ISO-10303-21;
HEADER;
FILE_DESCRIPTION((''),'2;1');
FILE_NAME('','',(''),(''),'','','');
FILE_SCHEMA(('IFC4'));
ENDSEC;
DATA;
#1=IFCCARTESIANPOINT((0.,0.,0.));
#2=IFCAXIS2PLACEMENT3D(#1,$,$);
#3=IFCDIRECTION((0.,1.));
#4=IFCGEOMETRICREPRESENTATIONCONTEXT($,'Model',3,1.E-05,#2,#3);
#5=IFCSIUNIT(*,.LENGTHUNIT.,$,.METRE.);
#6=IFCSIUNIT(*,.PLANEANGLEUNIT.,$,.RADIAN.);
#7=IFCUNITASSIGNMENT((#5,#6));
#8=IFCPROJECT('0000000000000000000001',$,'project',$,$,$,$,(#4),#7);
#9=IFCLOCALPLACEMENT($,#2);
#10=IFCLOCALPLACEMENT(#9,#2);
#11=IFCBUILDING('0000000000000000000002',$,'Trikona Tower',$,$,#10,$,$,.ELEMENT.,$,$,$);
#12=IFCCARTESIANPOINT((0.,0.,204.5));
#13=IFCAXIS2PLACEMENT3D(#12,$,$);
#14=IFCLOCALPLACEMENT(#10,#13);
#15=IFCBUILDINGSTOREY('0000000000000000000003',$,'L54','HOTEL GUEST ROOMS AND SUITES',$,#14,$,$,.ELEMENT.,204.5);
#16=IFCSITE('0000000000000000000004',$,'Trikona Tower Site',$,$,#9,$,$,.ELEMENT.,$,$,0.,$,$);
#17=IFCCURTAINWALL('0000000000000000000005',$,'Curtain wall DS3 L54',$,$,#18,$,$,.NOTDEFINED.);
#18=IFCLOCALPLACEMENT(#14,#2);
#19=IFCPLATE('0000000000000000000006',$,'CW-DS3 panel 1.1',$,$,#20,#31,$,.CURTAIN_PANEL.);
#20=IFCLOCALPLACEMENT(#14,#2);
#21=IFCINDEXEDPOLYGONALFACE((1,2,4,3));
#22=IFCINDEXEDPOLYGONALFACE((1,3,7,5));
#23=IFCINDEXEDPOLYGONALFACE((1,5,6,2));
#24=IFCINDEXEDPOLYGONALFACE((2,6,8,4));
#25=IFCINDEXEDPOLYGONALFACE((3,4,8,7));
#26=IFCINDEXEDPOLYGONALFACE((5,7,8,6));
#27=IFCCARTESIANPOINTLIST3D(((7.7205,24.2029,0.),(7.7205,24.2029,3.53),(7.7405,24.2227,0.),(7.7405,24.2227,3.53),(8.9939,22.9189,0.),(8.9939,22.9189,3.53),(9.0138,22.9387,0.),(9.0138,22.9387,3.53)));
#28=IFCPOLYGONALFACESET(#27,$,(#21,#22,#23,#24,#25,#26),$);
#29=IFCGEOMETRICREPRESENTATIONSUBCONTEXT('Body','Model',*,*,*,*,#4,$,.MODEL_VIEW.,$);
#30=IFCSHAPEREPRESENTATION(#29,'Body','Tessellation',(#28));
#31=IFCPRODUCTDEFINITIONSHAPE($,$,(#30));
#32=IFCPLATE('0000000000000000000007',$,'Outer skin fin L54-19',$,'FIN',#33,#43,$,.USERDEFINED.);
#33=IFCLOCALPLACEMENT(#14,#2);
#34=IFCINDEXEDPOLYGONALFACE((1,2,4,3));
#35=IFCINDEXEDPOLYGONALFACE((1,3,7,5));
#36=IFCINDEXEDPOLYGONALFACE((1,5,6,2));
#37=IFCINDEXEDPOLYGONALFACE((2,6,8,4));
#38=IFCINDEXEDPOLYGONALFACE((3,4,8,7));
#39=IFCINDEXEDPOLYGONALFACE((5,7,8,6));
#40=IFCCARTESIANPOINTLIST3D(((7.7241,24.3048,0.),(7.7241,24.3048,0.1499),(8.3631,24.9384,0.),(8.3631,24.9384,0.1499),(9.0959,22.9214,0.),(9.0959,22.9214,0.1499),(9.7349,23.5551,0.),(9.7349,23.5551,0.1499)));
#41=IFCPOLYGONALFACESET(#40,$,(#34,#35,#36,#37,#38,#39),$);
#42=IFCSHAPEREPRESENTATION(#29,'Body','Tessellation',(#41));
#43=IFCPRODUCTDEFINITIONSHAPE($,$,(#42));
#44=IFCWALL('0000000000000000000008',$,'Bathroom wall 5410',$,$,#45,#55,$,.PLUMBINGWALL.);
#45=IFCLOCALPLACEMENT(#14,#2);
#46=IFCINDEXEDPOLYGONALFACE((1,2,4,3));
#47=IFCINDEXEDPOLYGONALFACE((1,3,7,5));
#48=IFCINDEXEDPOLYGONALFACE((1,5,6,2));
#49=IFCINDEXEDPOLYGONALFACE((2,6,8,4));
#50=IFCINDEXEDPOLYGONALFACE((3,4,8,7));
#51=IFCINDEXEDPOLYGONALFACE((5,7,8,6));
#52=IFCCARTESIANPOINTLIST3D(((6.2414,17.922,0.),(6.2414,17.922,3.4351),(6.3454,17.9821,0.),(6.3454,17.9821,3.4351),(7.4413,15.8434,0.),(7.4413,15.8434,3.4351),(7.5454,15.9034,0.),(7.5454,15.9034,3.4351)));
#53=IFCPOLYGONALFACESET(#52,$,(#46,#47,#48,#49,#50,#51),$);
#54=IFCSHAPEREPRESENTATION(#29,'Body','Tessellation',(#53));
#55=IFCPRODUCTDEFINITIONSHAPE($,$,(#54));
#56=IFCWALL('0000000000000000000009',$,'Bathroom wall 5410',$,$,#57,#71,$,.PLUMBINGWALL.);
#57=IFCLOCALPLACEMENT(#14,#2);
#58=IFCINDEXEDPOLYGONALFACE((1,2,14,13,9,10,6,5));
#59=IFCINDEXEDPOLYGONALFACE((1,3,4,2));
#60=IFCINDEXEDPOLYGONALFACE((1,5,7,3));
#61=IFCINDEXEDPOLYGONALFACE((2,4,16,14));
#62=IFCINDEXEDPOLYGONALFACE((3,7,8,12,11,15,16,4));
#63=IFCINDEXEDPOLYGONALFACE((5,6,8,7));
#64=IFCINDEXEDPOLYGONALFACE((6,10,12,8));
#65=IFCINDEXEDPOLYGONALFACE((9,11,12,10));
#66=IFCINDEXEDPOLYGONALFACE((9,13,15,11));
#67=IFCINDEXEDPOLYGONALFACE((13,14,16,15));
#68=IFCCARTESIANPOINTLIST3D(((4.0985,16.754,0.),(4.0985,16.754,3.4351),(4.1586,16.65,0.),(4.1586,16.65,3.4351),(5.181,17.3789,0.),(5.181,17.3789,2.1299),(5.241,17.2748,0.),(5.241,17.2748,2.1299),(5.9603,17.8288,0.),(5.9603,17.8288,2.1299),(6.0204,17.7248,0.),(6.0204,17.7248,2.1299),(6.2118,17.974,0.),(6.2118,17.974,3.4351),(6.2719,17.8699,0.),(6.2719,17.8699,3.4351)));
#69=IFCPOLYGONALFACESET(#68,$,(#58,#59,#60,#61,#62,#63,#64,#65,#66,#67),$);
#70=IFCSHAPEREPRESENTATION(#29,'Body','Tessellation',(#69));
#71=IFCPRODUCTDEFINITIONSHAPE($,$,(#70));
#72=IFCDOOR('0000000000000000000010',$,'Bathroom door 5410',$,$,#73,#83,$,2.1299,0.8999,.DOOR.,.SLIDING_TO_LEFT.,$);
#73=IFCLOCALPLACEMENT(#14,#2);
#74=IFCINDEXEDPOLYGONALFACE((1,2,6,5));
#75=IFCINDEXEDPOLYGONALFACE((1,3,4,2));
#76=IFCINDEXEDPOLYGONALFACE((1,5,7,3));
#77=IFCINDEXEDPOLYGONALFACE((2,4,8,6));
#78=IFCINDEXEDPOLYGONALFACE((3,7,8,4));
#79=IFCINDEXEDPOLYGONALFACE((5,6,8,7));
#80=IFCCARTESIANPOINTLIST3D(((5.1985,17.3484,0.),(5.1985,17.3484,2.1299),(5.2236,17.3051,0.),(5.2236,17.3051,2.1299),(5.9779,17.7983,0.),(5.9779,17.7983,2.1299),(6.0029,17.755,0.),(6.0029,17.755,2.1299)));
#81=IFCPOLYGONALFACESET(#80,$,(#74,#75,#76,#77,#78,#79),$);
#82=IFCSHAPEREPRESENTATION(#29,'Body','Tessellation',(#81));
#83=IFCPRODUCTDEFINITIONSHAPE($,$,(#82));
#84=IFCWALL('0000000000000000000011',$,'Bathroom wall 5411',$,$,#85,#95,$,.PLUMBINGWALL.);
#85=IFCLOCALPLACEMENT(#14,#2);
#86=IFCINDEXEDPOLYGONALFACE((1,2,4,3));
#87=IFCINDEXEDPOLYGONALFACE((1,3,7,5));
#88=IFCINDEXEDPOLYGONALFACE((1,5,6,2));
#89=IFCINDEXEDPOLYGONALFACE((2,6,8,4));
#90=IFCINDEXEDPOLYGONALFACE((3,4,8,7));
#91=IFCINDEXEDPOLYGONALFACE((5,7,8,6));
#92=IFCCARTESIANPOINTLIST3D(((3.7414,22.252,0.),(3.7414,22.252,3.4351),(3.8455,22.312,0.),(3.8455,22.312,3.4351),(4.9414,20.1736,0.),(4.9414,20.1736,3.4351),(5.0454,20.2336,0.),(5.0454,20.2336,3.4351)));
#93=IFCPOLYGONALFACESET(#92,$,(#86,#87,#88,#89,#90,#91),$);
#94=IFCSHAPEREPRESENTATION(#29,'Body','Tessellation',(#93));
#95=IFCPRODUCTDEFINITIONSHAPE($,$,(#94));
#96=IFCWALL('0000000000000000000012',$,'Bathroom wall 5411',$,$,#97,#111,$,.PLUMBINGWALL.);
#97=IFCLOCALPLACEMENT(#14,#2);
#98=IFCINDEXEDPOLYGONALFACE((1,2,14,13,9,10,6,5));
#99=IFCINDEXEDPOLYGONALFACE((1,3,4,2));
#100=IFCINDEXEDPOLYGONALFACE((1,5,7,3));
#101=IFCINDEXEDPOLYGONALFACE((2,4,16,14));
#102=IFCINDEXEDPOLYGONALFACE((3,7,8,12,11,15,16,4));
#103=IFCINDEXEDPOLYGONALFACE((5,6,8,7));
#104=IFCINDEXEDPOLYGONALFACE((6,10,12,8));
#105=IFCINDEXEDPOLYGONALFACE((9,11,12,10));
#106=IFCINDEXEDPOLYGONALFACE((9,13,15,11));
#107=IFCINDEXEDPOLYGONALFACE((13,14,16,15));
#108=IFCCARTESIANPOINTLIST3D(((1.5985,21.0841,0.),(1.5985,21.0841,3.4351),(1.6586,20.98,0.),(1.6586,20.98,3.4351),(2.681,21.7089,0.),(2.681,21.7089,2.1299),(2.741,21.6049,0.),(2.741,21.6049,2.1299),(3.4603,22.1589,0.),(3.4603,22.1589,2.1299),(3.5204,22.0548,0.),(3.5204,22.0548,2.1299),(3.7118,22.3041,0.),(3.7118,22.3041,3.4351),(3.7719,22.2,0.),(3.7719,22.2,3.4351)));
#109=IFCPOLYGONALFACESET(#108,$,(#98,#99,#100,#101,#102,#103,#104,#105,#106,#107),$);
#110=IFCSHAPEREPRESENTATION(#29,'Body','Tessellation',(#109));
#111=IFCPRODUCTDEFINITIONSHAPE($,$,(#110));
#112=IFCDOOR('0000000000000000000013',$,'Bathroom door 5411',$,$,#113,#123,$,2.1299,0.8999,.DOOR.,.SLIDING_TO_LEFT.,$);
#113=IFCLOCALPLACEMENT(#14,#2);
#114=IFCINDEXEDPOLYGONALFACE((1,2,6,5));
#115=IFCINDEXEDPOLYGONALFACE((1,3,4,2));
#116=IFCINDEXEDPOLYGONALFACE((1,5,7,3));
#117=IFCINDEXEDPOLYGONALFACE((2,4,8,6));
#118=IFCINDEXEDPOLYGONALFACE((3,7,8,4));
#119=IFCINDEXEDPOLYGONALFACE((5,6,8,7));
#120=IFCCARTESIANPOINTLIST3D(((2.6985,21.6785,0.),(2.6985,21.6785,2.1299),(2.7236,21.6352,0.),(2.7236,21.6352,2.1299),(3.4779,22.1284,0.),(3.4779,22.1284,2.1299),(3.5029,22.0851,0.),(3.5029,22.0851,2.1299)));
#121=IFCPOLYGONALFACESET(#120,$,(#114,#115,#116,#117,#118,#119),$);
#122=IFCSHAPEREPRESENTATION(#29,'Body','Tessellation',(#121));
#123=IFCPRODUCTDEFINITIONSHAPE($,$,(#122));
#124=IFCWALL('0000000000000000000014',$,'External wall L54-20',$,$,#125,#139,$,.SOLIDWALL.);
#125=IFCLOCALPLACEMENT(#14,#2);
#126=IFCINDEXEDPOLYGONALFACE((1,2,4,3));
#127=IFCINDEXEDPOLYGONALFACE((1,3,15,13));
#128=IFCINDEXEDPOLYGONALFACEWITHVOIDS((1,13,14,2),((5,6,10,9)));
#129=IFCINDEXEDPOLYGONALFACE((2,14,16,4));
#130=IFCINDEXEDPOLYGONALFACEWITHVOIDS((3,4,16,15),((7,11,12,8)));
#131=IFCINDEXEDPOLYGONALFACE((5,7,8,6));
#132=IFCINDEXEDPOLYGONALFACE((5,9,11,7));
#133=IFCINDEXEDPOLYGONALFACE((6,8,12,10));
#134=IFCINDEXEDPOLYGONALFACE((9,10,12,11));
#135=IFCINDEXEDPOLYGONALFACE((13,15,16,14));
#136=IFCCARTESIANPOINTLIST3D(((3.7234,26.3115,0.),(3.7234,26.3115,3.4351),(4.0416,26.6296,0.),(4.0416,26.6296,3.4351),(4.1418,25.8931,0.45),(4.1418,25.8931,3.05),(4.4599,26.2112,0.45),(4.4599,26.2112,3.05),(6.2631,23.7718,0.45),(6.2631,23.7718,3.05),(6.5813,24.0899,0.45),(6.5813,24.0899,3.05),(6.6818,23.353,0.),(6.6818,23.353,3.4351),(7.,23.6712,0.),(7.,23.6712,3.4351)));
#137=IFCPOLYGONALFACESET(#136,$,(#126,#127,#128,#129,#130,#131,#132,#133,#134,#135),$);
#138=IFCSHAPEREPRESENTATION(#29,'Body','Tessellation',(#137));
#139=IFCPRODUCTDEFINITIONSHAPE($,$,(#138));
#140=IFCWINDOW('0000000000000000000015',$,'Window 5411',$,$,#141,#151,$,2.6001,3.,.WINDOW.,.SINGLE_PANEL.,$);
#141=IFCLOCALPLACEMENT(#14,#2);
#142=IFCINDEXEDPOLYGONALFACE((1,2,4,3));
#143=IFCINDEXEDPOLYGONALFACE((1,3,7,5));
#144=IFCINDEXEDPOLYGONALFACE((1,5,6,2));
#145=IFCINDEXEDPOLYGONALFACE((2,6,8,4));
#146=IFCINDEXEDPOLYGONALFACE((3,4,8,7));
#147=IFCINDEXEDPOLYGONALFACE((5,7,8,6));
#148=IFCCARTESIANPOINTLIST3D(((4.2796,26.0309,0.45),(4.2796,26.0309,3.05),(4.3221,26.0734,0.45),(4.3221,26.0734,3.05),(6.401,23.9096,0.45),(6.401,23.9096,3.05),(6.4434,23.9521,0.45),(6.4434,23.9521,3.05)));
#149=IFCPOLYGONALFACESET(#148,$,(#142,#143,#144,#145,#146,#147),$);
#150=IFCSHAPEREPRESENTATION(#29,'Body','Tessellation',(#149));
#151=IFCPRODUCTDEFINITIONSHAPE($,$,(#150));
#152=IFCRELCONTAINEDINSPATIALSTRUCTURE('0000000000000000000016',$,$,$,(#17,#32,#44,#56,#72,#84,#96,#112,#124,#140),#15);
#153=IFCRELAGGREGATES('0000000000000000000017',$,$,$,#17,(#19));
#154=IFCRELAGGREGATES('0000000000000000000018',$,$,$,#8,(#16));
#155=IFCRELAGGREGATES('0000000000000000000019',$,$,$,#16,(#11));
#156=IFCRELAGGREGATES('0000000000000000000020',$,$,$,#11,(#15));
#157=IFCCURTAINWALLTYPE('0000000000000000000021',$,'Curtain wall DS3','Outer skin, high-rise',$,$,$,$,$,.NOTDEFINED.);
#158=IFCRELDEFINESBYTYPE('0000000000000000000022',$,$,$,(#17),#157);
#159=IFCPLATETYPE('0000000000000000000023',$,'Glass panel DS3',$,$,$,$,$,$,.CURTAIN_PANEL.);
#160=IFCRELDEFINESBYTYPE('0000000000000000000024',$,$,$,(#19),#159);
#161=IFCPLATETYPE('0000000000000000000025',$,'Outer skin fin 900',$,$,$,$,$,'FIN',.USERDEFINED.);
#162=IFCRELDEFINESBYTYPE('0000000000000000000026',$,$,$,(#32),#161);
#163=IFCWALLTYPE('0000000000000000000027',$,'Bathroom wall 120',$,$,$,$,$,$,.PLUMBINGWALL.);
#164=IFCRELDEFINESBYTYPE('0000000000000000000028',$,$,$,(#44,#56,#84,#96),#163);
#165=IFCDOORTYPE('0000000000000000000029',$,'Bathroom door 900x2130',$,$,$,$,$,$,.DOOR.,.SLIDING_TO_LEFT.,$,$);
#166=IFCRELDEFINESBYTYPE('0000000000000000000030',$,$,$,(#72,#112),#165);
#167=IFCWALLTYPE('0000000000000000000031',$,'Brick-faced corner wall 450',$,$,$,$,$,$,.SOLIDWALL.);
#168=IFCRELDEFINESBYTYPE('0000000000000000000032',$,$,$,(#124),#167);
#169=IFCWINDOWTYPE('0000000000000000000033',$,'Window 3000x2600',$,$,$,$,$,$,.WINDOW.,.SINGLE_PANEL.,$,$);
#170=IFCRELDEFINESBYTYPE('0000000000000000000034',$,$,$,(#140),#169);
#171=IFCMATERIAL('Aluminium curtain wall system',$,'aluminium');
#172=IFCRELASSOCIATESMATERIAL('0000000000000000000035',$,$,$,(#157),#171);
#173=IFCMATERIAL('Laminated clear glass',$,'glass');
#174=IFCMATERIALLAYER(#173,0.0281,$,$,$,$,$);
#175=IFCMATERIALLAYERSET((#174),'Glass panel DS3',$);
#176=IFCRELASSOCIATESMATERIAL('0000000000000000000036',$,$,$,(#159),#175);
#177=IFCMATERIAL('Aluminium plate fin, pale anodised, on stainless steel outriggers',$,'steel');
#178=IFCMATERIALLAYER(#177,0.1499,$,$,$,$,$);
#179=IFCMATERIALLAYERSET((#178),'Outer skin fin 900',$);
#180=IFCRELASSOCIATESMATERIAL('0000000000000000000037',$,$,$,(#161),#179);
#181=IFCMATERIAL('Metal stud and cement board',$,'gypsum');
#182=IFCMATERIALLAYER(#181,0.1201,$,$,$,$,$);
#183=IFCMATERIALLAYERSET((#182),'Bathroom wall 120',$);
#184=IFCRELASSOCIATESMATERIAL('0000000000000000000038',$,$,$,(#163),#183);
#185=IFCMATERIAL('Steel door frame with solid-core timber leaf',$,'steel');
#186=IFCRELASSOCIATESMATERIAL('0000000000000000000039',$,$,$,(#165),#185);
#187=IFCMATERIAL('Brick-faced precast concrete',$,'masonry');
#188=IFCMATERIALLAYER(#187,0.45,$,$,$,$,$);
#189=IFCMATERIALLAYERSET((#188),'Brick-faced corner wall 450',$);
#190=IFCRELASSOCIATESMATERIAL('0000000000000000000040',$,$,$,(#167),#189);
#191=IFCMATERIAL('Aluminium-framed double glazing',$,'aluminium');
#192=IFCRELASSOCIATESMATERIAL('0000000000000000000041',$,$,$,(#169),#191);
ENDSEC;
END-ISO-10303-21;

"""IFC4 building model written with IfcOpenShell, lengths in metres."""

from ifc_helpers import new_model, si_unit, direction, frame, frame_2d, origin, origin_2d, place, context, subcontext, project, spatial, rectangle, extrude, material, layer, layer_set, type_object, element, fill, aggregate, save


model = new_model("IFC4")

# Units and contexts
model_context = context("Model", 3, precision=1e-05, world=origin(), true_north=direction((0.0, 1.0)))
body_context = subcontext(model_context, "Body", "Model", "MODEL_VIEW")
ifc_project = project(units=[si_unit("LENGTHUNIT", "METRE"), si_unit("PLANEANGLEUNIT", "RADIAN")], contexts=[model_context])

# Site, building, storey
site_placement = place(None, origin())
site = spatial("IfcSite", under=ifc_project, at=site_placement, Name="Trikona Tower Site", CompositionType="ELEMENT", RefElevation=0.0)
building_placement = place(site_placement, origin())
building = spatial("IfcBuilding", under=site, at=building_placement, Name="Trikona Tower", CompositionType="ELEMENT")
storey_placement = place(building_placement, frame((0.0, 0.0, 204.5)))
storey = spatial("IfcBuildingStorey", under=building, at=storey_placement, Name="L54", Description="HOTEL GUEST ROOMS AND SUITES", CompositionType="ELEMENT", Elevation=204.5)

# Curtain wall
ifc_material_1 = material(Name="Aluminium curtain wall system", Category="aluminium")
curtain_wall_type = type_object("IfcCurtainWallType", Name="Curtain wall DS3", Description="Outer skin, high-rise", PredefinedType="NOTDEFINED", material=ifc_material_1)
curtain_wall_placement = place(storey_placement, origin())
curtain_wall = element("IfcCurtainWall", 1, at=curtain_wall_placement, inside=storey, type_object=curtain_wall_type, Name="Curtain wall DS3 L54", PredefinedType="NOTDEFINED")

# Plates
ifc_material_2 = material(Name="Laminated clear glass", Category="glass")
ifc_layer_1 = layer(ifc_material_2, 0.0281)
ifc_layer_set_1 = layer_set([ifc_layer_1], Name="Glass panel DS3")
plate_type_1 = type_object("IfcPlateType", Name="Glass panel DS3", PredefinedType="CURTAIN_PANEL", material=ifc_layer_set_1)
plate_1_placement = place(storey_placement, frame((8.3672, 23.5708, 0.0), z_axis=(0.0, 0.0, 1.0), x_axis=(-0.704149, 0.710052, 0.0)))
plate_1 = element("IfcPlate", 2, at=plate_1_placement, type_object=plate_type_1, Name="CW-DS3 panel 1.1", PredefinedType="CURTAIN_PANEL", context=body_context, shape_type="SweptSolid", body=[
    extrude(rectangle(XDim=1.8083, YDim=0.0281, at=origin_2d()), origin(), (0.0, 0.0, 1.0), 3.53),
])
aggregate(curtain_wall, [plate_1])
ifc_material_3 = material(Name="Aluminium plate fin, pale anodised, on stainless steel outriggers", Category="steel")
ifc_layer_2 = layer(ifc_material_3, 0.1499)
ifc_layer_set_2 = layer_set([ifc_layer_2], Name="Outer skin fin 900")
plate_type_2 = type_object("IfcPlateType", Name="Outer skin fin 900", ElementType="FIN", PredefinedType="USERDEFINED", material=ifc_layer_set_2)
plate_2_placement = place(storey_placement, frame((8.7295, 23.9299, 0.0), z_axis=(0.0, 0.0, 1.0), x_axis=(-0.704151, 0.71005, 0.0)))
element("IfcPlate", 3, at=plate_2_placement, inside=storey, type_object=plate_type_2, Name="Outer skin fin L54-19", ObjectType="FIN", PredefinedType="USERDEFINED", context=body_context, shape_type="SweptSolid", body=[
    extrude(rectangle(XDim=1.9482, YDim=0.8999, at=origin_2d()), origin(), (0.0, 0.0, 1.0), 0.1499),
])

# Wall
ifc_material_4 = material(Name="Metal stud and cement board", Category="gypsum")
ifc_layer_3 = layer(ifc_material_4, 0.1201)
ifc_layer_set_3 = layer_set([ifc_layer_3], Name="Bathroom wall 120")
wall_type_1 = type_object("IfcWallType", Name="Bathroom wall 120", PredefinedType="PLUMBINGWALL", material=ifc_layer_set_3)
wall_1_placement = place(storey_placement, frame((7.4934, 15.8733, 0.0), z_axis=(0.0, 0.0, 1.0), x_axis=(-0.499957, 0.86605, 0.0)))
element("IfcWall", 4, at=wall_1_placement, inside=storey, type_object=wall_type_1, Name="Bathroom wall 5410", PredefinedType="PLUMBINGWALL", context=body_context, shape_type="SweptSolid", body=[
    extrude(rectangle(XDim=2.4001, YDim=0.1201, at=frame_2d((1.2002, 0.0))), origin(), (0.0, 0.0, 1.0), 3.4351),
])

# Wall, opening, door
wall_2_placement = place(storey_placement, frame((4.1284, 16.7019, 0.0), z_axis=(0.0, 0.0, 1.0), x_axis=(0.866049, 0.499959, 0.0)))
wall_2 = element("IfcWall", 5, at=wall_2_placement, inside=storey, type_object=wall_type_1, Name="Bathroom wall 5410", PredefinedType="PLUMBINGWALL", context=body_context, shape_type="SweptSolid", body=[
    extrude(rectangle(XDim=2.4402, YDim=0.1201, at=frame_2d((1.2202, 0.0))), origin(), (0.0, 0.0, 1.0), 3.4351),
])
opening_1_placement = place(wall_2_placement, frame((1.25, 0.0, 0.0)))
opening_1 = element("IfcOpeningElement", 6, at=opening_1_placement, cuts=wall_2, PredefinedType="OPENING", context=body_context, shape_type="SweptSolid", body=[
    extrude(rectangle(XDim=0.8999, YDim=2.1299, at=frame_2d((0.45, 1.0649))), frame((0.0, 0.0701, 0.0), z_axis=(0.0, -1.0, 0.0), x_axis=(1.0, 0.0, 0.0)), (0.0, 0.0, 1.0), 0.1401),
])
ifc_material_5 = material(Name="Steel door frame with solid-core timber leaf", Category="steel")
door_type_1 = type_object("IfcDoorType", Name="Bathroom door 900x2130", OperationType="SLIDING_TO_LEFT", PredefinedType="DOOR", material=ifc_material_5)
door_1_placement = place(opening_1_placement, origin())
door_1 = element("IfcDoor", 7, at=door_1_placement, inside=storey, type_object=door_type_1, Name="Bathroom door 5410", OperationType="SLIDING_TO_LEFT", OverallHeight=2.1299, OverallWidth=0.8999, PredefinedType="DOOR", context=body_context, shape_type="SweptSolid", body=[
    extrude(rectangle(XDim=0.8999, YDim=2.1299, at=frame_2d((0.45, 1.0649))), frame((0.0, 0.0249, 0.0), z_axis=(0.0, -1.0, 0.0), x_axis=(1.0, 0.0, 0.0)), (0.0, 0.0, 1.0), 0.05),
])
fill(opening_1, door_1)

# Wall
wall_3_placement = place(storey_placement, frame((4.9934, 20.2036, 0.0), z_axis=(0.0, 0.0, 1.0), x_axis=(-0.500001, 0.866025, 0.0)))
element("IfcWall", 8, at=wall_3_placement, inside=storey, type_object=wall_type_1, Name="Bathroom wall 5411", PredefinedType="PLUMBINGWALL", context=body_context, shape_type="SweptSolid", body=[
    extrude(rectangle(XDim=2.3999, YDim=0.1201, at=frame_2d((1.2, 0.0))), origin(), (0.0, 0.0, 1.0), 3.4351),
])

# Wall, opening, door
wall_4_placement = place(storey_placement, frame((1.6284, 21.032, 0.0), z_axis=(0.0, 0.0, 1.0), x_axis=(0.866049, 0.499959, 0.0)))
wall_4 = element("IfcWall", 9, at=wall_4_placement, inside=storey, type_object=wall_type_1, Name="Bathroom wall 5411", PredefinedType="PLUMBINGWALL", context=body_context, shape_type="SweptSolid", body=[
    extrude(rectangle(XDim=2.4402, YDim=0.1201, at=frame_2d((1.2202, 0.0))), origin(), (0.0, 0.0, 1.0), 3.4351),
])
opening_2_placement = place(wall_4_placement, frame((1.25, 0.0, 0.0)))
opening_2 = element("IfcOpeningElement", 10, at=opening_2_placement, cuts=wall_4, PredefinedType="OPENING", context=body_context, shape_type="SweptSolid", body=[
    extrude(rectangle(XDim=0.8999, YDim=2.1299, at=frame_2d((0.45, 1.0649))), frame((0.0, 0.0701, 0.0), z_axis=(0.0, -1.0, 0.0), x_axis=(1.0, 0.0, 0.0)), (0.0, 0.0, 1.0), 0.1401),
])
door_2_placement = place(opening_2_placement, origin())
door_2 = element("IfcDoor", 11, at=door_2_placement, inside=storey, type_object=door_type_1, Name="Bathroom door 5411", OperationType="SLIDING_TO_LEFT", OverallHeight=2.1299, OverallWidth=0.8999, PredefinedType="DOOR", context=body_context, shape_type="SweptSolid", body=[
    extrude(rectangle(XDim=0.8999, YDim=2.1299, at=frame_2d((0.45, 1.0649))), frame((0.0, 0.0249, 0.0), z_axis=(0.0, -1.0, 0.0), x_axis=(1.0, 0.0, 0.0)), (0.0, 0.0, 1.0), 0.05),
])
fill(opening_2, door_2)

# Wall, opening, window
ifc_material_6 = material(Name="Brick-faced precast concrete", Category="masonry")
ifc_layer_4 = layer(ifc_material_6, 0.45)
ifc_layer_set_4 = layer_set([ifc_layer_4], Name="Brick-faced corner wall 450")
wall_type_2 = type_object("IfcWallType", Name="Brick-faced corner wall 450", PredefinedType="SOLIDWALL", material=ifc_layer_set_4)
wall_5_placement = place(storey_placement, frame((6.8408, 23.5122, 0.0), z_axis=(0.0, 0.0, 1.0), x_axis=(-0.707107, 0.707107, 0.0)))
wall_5 = element("IfcWall", 12, at=wall_5_placement, inside=storey, type_object=wall_type_2, Name="External wall L54-20", PredefinedType="SOLIDWALL", context=body_context, shape_type="SweptSolid", body=[
    extrude(rectangle(XDim=4.1838, YDim=0.45, at=frame_2d((2.0918, 0.0))), origin(), (0.0, 0.0, 1.0), 3.4351),
])
opening_3_placement = place(wall_5_placement, frame((0.592, 0.0, 0.45)))
opening_3 = element("IfcOpeningElement", 13, at=opening_3_placement, cuts=wall_5, PredefinedType="OPENING", context=body_context, shape_type="SweptSolid", body=[
    extrude(rectangle(XDim=3.0, YDim=2.6001, at=frame_2d((1.5, 1.3))), frame((0.0, 0.2349, 0.0), z_axis=(0.0, -1.0, 0.0), x_axis=(1.0, 0.0, 0.0)), (0.0, 0.0, 1.0), 0.47),
])
ifc_material_7 = material(Name="Aluminium-framed double glazing", Category="aluminium")
window_type_1 = type_object("IfcWindowType", Name="Window 3000x2600", PartitioningType="SINGLE_PANEL", PredefinedType="WINDOW", material=ifc_material_7)
window_1_placement = place(opening_3_placement, origin())
window_1 = element("IfcWindow", 14, at=window_1_placement, inside=storey, type_object=window_type_1, Name="Window 5411", OverallHeight=2.6001, OverallWidth=3.0, PartitioningType="SINGLE_PANEL", PredefinedType="WINDOW", context=body_context, shape_type="SweptSolid", body=[
    extrude(rectangle(XDim=3.0, YDim=2.6001, at=frame_2d((1.5, 1.3))), frame((0.0, 0.03, 0.0), z_axis=(0.0, -1.0, 0.0), x_axis=(1.0, 0.0, 0.0)), (0.0, 0.0, 1.0), 0.0601),
])
fill(opening_3, window_1)

save(model, "model.ifc")
